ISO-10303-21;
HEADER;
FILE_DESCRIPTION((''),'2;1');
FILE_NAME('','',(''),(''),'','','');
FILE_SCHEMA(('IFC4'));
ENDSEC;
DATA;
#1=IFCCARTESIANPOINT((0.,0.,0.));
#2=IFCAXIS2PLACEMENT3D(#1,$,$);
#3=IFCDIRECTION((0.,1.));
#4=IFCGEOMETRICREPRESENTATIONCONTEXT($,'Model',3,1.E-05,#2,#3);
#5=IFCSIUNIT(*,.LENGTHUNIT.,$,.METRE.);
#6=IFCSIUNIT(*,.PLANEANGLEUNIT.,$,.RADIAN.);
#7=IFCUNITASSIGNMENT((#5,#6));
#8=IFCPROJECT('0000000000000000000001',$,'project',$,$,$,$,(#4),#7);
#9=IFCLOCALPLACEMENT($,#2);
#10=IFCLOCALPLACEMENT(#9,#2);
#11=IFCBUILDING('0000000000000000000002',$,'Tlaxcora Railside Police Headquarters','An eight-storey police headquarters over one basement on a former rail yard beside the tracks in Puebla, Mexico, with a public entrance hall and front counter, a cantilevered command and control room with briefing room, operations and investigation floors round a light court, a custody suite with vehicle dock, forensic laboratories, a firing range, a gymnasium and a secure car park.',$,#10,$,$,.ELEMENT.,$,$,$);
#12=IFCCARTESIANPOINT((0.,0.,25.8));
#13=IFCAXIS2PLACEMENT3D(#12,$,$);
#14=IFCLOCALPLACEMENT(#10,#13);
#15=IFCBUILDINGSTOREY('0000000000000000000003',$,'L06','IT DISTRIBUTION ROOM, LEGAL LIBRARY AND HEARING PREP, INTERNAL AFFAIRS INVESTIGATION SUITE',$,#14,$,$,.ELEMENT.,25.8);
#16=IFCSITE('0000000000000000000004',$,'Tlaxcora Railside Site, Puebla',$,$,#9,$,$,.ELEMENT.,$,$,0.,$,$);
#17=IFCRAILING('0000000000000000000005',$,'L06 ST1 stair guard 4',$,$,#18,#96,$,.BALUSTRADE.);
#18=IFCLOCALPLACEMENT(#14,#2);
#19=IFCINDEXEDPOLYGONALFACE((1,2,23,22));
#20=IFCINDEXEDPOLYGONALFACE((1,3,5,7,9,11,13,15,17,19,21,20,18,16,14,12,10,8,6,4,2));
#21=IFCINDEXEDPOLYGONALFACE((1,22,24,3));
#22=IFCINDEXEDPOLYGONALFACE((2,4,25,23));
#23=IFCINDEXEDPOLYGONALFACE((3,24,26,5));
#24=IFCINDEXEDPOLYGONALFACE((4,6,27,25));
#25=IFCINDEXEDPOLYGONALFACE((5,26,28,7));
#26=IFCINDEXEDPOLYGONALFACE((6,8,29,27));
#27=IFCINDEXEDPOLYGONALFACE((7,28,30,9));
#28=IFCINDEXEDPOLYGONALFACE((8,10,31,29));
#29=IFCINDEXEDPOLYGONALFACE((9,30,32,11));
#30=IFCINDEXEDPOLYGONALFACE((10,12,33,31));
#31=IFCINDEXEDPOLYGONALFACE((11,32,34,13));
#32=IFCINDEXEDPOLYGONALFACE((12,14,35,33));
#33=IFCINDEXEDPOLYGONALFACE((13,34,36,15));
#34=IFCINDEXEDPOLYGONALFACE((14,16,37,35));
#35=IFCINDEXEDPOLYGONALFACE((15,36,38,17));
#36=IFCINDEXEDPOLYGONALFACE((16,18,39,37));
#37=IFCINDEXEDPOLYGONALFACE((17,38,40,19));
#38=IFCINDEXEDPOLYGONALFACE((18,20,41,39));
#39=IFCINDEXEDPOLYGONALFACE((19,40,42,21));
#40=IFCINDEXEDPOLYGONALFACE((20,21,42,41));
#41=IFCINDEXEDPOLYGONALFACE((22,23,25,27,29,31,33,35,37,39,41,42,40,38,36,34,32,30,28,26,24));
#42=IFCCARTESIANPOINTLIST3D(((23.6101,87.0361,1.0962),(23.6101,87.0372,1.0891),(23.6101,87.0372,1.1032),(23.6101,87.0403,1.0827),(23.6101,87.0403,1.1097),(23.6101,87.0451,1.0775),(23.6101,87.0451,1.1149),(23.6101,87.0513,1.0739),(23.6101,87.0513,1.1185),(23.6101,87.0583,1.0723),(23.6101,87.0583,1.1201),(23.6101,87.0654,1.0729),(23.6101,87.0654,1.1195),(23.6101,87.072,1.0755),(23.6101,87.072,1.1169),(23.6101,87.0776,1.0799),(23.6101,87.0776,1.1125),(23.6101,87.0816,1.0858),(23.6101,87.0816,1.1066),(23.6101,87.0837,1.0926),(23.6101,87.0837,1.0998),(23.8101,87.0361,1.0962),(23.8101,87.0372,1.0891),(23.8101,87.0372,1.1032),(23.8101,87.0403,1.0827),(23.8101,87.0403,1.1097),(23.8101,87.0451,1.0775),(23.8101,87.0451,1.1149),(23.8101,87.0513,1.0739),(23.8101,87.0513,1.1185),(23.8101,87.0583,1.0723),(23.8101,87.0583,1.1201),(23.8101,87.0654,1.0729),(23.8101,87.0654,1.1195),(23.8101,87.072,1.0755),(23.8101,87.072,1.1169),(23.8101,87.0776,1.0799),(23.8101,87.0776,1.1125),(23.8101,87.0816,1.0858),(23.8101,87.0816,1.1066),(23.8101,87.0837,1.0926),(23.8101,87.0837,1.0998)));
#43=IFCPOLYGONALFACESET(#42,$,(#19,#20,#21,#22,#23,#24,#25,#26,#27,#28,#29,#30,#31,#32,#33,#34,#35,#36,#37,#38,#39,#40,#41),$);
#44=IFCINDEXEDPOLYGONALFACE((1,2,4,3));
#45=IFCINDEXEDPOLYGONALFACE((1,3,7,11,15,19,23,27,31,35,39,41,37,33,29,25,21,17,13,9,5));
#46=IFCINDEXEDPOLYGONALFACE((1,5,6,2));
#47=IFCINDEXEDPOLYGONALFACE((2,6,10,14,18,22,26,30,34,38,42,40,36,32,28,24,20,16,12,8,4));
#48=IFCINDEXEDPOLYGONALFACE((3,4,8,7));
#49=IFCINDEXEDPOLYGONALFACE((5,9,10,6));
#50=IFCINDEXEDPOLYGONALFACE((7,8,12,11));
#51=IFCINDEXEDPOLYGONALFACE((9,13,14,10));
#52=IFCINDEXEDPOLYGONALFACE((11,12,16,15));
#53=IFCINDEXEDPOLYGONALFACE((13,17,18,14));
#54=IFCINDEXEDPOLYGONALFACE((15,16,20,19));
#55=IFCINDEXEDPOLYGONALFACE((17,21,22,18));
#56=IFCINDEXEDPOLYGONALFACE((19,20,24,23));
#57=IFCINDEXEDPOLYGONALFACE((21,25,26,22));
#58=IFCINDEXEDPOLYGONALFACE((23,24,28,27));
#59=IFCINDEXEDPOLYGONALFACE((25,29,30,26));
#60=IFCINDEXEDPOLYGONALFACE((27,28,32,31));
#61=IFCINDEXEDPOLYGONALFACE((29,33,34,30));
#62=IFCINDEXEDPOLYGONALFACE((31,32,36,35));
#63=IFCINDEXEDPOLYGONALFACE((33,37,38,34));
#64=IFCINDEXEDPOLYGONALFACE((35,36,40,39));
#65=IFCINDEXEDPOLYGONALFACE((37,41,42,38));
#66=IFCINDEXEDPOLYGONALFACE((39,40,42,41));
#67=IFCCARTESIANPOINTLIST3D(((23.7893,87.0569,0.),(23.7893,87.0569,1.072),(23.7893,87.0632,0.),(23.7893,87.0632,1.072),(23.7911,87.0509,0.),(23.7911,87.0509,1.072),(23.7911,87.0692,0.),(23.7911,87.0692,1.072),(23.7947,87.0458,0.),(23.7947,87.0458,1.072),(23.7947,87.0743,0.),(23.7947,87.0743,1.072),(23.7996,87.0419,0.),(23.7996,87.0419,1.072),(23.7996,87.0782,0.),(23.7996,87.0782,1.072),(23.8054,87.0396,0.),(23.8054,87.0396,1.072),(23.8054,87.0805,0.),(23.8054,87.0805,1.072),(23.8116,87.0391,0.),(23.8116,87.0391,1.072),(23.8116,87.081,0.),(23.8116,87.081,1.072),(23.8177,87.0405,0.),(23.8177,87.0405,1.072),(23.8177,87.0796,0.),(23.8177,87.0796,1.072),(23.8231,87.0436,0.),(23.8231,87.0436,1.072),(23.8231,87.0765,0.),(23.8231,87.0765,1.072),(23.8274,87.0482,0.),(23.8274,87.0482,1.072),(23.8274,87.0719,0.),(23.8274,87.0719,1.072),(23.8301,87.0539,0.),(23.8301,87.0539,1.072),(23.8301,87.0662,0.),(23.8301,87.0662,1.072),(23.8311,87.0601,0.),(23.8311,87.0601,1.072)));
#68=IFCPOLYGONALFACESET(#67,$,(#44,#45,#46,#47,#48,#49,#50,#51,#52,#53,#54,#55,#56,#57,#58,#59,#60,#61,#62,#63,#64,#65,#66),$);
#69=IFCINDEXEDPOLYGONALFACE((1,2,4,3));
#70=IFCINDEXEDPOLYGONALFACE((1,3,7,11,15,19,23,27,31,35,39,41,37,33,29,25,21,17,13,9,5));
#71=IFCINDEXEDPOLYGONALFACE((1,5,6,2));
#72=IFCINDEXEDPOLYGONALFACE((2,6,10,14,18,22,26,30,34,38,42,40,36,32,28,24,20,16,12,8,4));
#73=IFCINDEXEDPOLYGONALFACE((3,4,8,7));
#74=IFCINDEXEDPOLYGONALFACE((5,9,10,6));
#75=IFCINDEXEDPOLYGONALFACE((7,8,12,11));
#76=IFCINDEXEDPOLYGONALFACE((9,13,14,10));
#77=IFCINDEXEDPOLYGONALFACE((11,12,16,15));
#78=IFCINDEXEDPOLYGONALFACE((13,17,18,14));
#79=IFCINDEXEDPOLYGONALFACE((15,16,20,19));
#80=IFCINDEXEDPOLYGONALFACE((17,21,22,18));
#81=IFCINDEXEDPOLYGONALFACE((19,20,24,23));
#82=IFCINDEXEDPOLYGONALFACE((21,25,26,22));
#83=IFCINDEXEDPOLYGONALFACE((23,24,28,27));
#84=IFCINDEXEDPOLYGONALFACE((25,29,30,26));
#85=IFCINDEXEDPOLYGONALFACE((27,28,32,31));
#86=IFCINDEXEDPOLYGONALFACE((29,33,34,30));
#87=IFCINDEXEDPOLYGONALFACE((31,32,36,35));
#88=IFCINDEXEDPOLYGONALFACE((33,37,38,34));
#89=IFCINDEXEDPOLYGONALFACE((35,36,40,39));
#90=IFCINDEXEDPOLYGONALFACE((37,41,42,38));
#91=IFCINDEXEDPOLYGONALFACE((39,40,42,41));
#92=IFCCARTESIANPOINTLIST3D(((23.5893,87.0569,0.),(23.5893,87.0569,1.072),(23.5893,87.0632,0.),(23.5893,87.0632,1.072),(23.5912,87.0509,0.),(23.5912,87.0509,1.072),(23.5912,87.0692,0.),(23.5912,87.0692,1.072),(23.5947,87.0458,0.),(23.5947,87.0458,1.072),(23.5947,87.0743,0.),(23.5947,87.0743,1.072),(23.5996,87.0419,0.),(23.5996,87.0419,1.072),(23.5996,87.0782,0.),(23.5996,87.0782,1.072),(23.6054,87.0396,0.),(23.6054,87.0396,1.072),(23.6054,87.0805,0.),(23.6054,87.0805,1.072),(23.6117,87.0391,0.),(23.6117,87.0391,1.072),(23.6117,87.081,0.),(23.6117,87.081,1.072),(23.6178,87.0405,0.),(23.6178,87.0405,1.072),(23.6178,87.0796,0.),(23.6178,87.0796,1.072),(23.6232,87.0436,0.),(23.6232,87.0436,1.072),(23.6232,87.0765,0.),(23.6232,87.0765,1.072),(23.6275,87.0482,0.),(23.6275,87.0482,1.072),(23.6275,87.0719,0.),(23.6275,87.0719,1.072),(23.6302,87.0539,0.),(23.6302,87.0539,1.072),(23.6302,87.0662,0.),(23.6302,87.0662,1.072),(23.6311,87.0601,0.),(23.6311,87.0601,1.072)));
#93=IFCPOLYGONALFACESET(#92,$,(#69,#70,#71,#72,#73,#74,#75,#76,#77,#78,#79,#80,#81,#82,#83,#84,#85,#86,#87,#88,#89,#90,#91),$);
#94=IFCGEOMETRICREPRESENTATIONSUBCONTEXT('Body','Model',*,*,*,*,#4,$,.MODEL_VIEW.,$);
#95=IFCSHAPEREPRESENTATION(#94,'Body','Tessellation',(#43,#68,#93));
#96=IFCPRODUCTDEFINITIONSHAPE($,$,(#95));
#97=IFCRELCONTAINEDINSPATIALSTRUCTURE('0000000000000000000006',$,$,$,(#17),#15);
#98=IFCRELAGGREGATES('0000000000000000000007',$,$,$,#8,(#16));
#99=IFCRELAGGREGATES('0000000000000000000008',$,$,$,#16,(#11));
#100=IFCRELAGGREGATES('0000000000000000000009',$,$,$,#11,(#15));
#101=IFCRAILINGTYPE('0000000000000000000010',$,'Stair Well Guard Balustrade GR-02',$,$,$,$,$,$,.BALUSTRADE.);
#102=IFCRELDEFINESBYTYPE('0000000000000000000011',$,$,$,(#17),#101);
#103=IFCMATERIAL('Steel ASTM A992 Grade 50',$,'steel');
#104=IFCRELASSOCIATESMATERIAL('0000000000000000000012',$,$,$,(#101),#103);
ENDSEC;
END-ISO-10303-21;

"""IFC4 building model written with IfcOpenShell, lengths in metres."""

from ifc_helpers import new_model, si_unit, direction, frame, origin, origin_2d, place, context, subcontext, project, spatial, circle, extrude, material, type_object, element, save


model = new_model("IFC4")

# Units and contexts
model_context = context("Model", 3, precision=1e-05, world=origin(), true_north=direction((0.0, 1.0)))
body_context = subcontext(model_context, "Body", "Model", "MODEL_VIEW")
ifc_project = project(units=[si_unit("LENGTHUNIT", "METRE"), si_unit("PLANEANGLEUNIT", "RADIAN")], contexts=[model_context])

# Site, building, storey
site_placement = place(None, origin())
site = spatial("IfcSite", under=ifc_project, at=site_placement, Name="Tlaxcora Railside Site, Puebla", CompositionType="ELEMENT", RefElevation=0.0)
building_placement = place(site_placement, origin())
building = spatial("IfcBuilding", under=site, at=building_placement, Name="Tlaxcora Railside Police Headquarters", Description="An eight-storey police headquarters over one basement on a former rail yard beside the tracks in Puebla, Mexico, with a public entrance hall and front counter, a cantilevered command and control room with briefing room, operations and investigation floors round a light court, a custody suite with vehicle dock, forensic laboratories, a firing range, a gymnasium and a secure car park.", CompositionType="ELEMENT")
storey_placement = place(building_placement, frame((0.0, 0.0, 25.8)))
storey = spatial("IfcBuildingStorey", under=building, at=storey_placement, Name="L06", Description="IT DISTRIBUTION ROOM, LEGAL LIBRARY AND HEARING PREP, INTERNAL AFFAIRS INVESTIGATION SUITE", CompositionType="ELEMENT", Elevation=25.8)

# Shared definitions
ifc_material_1 = material(Name="Steel ASTM A992 Grade 50", Category="steel")

# Railing
railing_type_1 = type_object("IfcRailingType", Name="Stair Well Guard Balustrade GR-02", PredefinedType="BALUSTRADE", material=ifc_material_1)
railing_1_placement = place(storey_placement, frame((23.8101, 87.0601, 0.0)))
element("IfcRailing", 1, at=railing_1_placement, inside=storey, type_object=railing_type_1, Name="L06 ST1 stair guard 4", PredefinedType="BALUSTRADE", context=body_context, shape_type="SweptSolid", body=[
    extrude(circle(Radius=0.0239, at=origin_2d()), frame((0.0, 0.0, 1.0962), z_axis=(-1.0, 0.0, 0.0), x_axis=(0.0, -1.0, 0.0)), (0.0, 0.0, 1.0), 0.2),
    extrude(circle(Radius=0.021, at=origin_2d()), origin(), (0.0, 0.0, 1.0), 1.072),
    extrude(circle(Radius=0.021, at=origin_2d()), frame((-0.2, 0.0, 0.0)), (0.0, 0.0, 1.0), 1.072),
])

save(model, "model.ifc")
